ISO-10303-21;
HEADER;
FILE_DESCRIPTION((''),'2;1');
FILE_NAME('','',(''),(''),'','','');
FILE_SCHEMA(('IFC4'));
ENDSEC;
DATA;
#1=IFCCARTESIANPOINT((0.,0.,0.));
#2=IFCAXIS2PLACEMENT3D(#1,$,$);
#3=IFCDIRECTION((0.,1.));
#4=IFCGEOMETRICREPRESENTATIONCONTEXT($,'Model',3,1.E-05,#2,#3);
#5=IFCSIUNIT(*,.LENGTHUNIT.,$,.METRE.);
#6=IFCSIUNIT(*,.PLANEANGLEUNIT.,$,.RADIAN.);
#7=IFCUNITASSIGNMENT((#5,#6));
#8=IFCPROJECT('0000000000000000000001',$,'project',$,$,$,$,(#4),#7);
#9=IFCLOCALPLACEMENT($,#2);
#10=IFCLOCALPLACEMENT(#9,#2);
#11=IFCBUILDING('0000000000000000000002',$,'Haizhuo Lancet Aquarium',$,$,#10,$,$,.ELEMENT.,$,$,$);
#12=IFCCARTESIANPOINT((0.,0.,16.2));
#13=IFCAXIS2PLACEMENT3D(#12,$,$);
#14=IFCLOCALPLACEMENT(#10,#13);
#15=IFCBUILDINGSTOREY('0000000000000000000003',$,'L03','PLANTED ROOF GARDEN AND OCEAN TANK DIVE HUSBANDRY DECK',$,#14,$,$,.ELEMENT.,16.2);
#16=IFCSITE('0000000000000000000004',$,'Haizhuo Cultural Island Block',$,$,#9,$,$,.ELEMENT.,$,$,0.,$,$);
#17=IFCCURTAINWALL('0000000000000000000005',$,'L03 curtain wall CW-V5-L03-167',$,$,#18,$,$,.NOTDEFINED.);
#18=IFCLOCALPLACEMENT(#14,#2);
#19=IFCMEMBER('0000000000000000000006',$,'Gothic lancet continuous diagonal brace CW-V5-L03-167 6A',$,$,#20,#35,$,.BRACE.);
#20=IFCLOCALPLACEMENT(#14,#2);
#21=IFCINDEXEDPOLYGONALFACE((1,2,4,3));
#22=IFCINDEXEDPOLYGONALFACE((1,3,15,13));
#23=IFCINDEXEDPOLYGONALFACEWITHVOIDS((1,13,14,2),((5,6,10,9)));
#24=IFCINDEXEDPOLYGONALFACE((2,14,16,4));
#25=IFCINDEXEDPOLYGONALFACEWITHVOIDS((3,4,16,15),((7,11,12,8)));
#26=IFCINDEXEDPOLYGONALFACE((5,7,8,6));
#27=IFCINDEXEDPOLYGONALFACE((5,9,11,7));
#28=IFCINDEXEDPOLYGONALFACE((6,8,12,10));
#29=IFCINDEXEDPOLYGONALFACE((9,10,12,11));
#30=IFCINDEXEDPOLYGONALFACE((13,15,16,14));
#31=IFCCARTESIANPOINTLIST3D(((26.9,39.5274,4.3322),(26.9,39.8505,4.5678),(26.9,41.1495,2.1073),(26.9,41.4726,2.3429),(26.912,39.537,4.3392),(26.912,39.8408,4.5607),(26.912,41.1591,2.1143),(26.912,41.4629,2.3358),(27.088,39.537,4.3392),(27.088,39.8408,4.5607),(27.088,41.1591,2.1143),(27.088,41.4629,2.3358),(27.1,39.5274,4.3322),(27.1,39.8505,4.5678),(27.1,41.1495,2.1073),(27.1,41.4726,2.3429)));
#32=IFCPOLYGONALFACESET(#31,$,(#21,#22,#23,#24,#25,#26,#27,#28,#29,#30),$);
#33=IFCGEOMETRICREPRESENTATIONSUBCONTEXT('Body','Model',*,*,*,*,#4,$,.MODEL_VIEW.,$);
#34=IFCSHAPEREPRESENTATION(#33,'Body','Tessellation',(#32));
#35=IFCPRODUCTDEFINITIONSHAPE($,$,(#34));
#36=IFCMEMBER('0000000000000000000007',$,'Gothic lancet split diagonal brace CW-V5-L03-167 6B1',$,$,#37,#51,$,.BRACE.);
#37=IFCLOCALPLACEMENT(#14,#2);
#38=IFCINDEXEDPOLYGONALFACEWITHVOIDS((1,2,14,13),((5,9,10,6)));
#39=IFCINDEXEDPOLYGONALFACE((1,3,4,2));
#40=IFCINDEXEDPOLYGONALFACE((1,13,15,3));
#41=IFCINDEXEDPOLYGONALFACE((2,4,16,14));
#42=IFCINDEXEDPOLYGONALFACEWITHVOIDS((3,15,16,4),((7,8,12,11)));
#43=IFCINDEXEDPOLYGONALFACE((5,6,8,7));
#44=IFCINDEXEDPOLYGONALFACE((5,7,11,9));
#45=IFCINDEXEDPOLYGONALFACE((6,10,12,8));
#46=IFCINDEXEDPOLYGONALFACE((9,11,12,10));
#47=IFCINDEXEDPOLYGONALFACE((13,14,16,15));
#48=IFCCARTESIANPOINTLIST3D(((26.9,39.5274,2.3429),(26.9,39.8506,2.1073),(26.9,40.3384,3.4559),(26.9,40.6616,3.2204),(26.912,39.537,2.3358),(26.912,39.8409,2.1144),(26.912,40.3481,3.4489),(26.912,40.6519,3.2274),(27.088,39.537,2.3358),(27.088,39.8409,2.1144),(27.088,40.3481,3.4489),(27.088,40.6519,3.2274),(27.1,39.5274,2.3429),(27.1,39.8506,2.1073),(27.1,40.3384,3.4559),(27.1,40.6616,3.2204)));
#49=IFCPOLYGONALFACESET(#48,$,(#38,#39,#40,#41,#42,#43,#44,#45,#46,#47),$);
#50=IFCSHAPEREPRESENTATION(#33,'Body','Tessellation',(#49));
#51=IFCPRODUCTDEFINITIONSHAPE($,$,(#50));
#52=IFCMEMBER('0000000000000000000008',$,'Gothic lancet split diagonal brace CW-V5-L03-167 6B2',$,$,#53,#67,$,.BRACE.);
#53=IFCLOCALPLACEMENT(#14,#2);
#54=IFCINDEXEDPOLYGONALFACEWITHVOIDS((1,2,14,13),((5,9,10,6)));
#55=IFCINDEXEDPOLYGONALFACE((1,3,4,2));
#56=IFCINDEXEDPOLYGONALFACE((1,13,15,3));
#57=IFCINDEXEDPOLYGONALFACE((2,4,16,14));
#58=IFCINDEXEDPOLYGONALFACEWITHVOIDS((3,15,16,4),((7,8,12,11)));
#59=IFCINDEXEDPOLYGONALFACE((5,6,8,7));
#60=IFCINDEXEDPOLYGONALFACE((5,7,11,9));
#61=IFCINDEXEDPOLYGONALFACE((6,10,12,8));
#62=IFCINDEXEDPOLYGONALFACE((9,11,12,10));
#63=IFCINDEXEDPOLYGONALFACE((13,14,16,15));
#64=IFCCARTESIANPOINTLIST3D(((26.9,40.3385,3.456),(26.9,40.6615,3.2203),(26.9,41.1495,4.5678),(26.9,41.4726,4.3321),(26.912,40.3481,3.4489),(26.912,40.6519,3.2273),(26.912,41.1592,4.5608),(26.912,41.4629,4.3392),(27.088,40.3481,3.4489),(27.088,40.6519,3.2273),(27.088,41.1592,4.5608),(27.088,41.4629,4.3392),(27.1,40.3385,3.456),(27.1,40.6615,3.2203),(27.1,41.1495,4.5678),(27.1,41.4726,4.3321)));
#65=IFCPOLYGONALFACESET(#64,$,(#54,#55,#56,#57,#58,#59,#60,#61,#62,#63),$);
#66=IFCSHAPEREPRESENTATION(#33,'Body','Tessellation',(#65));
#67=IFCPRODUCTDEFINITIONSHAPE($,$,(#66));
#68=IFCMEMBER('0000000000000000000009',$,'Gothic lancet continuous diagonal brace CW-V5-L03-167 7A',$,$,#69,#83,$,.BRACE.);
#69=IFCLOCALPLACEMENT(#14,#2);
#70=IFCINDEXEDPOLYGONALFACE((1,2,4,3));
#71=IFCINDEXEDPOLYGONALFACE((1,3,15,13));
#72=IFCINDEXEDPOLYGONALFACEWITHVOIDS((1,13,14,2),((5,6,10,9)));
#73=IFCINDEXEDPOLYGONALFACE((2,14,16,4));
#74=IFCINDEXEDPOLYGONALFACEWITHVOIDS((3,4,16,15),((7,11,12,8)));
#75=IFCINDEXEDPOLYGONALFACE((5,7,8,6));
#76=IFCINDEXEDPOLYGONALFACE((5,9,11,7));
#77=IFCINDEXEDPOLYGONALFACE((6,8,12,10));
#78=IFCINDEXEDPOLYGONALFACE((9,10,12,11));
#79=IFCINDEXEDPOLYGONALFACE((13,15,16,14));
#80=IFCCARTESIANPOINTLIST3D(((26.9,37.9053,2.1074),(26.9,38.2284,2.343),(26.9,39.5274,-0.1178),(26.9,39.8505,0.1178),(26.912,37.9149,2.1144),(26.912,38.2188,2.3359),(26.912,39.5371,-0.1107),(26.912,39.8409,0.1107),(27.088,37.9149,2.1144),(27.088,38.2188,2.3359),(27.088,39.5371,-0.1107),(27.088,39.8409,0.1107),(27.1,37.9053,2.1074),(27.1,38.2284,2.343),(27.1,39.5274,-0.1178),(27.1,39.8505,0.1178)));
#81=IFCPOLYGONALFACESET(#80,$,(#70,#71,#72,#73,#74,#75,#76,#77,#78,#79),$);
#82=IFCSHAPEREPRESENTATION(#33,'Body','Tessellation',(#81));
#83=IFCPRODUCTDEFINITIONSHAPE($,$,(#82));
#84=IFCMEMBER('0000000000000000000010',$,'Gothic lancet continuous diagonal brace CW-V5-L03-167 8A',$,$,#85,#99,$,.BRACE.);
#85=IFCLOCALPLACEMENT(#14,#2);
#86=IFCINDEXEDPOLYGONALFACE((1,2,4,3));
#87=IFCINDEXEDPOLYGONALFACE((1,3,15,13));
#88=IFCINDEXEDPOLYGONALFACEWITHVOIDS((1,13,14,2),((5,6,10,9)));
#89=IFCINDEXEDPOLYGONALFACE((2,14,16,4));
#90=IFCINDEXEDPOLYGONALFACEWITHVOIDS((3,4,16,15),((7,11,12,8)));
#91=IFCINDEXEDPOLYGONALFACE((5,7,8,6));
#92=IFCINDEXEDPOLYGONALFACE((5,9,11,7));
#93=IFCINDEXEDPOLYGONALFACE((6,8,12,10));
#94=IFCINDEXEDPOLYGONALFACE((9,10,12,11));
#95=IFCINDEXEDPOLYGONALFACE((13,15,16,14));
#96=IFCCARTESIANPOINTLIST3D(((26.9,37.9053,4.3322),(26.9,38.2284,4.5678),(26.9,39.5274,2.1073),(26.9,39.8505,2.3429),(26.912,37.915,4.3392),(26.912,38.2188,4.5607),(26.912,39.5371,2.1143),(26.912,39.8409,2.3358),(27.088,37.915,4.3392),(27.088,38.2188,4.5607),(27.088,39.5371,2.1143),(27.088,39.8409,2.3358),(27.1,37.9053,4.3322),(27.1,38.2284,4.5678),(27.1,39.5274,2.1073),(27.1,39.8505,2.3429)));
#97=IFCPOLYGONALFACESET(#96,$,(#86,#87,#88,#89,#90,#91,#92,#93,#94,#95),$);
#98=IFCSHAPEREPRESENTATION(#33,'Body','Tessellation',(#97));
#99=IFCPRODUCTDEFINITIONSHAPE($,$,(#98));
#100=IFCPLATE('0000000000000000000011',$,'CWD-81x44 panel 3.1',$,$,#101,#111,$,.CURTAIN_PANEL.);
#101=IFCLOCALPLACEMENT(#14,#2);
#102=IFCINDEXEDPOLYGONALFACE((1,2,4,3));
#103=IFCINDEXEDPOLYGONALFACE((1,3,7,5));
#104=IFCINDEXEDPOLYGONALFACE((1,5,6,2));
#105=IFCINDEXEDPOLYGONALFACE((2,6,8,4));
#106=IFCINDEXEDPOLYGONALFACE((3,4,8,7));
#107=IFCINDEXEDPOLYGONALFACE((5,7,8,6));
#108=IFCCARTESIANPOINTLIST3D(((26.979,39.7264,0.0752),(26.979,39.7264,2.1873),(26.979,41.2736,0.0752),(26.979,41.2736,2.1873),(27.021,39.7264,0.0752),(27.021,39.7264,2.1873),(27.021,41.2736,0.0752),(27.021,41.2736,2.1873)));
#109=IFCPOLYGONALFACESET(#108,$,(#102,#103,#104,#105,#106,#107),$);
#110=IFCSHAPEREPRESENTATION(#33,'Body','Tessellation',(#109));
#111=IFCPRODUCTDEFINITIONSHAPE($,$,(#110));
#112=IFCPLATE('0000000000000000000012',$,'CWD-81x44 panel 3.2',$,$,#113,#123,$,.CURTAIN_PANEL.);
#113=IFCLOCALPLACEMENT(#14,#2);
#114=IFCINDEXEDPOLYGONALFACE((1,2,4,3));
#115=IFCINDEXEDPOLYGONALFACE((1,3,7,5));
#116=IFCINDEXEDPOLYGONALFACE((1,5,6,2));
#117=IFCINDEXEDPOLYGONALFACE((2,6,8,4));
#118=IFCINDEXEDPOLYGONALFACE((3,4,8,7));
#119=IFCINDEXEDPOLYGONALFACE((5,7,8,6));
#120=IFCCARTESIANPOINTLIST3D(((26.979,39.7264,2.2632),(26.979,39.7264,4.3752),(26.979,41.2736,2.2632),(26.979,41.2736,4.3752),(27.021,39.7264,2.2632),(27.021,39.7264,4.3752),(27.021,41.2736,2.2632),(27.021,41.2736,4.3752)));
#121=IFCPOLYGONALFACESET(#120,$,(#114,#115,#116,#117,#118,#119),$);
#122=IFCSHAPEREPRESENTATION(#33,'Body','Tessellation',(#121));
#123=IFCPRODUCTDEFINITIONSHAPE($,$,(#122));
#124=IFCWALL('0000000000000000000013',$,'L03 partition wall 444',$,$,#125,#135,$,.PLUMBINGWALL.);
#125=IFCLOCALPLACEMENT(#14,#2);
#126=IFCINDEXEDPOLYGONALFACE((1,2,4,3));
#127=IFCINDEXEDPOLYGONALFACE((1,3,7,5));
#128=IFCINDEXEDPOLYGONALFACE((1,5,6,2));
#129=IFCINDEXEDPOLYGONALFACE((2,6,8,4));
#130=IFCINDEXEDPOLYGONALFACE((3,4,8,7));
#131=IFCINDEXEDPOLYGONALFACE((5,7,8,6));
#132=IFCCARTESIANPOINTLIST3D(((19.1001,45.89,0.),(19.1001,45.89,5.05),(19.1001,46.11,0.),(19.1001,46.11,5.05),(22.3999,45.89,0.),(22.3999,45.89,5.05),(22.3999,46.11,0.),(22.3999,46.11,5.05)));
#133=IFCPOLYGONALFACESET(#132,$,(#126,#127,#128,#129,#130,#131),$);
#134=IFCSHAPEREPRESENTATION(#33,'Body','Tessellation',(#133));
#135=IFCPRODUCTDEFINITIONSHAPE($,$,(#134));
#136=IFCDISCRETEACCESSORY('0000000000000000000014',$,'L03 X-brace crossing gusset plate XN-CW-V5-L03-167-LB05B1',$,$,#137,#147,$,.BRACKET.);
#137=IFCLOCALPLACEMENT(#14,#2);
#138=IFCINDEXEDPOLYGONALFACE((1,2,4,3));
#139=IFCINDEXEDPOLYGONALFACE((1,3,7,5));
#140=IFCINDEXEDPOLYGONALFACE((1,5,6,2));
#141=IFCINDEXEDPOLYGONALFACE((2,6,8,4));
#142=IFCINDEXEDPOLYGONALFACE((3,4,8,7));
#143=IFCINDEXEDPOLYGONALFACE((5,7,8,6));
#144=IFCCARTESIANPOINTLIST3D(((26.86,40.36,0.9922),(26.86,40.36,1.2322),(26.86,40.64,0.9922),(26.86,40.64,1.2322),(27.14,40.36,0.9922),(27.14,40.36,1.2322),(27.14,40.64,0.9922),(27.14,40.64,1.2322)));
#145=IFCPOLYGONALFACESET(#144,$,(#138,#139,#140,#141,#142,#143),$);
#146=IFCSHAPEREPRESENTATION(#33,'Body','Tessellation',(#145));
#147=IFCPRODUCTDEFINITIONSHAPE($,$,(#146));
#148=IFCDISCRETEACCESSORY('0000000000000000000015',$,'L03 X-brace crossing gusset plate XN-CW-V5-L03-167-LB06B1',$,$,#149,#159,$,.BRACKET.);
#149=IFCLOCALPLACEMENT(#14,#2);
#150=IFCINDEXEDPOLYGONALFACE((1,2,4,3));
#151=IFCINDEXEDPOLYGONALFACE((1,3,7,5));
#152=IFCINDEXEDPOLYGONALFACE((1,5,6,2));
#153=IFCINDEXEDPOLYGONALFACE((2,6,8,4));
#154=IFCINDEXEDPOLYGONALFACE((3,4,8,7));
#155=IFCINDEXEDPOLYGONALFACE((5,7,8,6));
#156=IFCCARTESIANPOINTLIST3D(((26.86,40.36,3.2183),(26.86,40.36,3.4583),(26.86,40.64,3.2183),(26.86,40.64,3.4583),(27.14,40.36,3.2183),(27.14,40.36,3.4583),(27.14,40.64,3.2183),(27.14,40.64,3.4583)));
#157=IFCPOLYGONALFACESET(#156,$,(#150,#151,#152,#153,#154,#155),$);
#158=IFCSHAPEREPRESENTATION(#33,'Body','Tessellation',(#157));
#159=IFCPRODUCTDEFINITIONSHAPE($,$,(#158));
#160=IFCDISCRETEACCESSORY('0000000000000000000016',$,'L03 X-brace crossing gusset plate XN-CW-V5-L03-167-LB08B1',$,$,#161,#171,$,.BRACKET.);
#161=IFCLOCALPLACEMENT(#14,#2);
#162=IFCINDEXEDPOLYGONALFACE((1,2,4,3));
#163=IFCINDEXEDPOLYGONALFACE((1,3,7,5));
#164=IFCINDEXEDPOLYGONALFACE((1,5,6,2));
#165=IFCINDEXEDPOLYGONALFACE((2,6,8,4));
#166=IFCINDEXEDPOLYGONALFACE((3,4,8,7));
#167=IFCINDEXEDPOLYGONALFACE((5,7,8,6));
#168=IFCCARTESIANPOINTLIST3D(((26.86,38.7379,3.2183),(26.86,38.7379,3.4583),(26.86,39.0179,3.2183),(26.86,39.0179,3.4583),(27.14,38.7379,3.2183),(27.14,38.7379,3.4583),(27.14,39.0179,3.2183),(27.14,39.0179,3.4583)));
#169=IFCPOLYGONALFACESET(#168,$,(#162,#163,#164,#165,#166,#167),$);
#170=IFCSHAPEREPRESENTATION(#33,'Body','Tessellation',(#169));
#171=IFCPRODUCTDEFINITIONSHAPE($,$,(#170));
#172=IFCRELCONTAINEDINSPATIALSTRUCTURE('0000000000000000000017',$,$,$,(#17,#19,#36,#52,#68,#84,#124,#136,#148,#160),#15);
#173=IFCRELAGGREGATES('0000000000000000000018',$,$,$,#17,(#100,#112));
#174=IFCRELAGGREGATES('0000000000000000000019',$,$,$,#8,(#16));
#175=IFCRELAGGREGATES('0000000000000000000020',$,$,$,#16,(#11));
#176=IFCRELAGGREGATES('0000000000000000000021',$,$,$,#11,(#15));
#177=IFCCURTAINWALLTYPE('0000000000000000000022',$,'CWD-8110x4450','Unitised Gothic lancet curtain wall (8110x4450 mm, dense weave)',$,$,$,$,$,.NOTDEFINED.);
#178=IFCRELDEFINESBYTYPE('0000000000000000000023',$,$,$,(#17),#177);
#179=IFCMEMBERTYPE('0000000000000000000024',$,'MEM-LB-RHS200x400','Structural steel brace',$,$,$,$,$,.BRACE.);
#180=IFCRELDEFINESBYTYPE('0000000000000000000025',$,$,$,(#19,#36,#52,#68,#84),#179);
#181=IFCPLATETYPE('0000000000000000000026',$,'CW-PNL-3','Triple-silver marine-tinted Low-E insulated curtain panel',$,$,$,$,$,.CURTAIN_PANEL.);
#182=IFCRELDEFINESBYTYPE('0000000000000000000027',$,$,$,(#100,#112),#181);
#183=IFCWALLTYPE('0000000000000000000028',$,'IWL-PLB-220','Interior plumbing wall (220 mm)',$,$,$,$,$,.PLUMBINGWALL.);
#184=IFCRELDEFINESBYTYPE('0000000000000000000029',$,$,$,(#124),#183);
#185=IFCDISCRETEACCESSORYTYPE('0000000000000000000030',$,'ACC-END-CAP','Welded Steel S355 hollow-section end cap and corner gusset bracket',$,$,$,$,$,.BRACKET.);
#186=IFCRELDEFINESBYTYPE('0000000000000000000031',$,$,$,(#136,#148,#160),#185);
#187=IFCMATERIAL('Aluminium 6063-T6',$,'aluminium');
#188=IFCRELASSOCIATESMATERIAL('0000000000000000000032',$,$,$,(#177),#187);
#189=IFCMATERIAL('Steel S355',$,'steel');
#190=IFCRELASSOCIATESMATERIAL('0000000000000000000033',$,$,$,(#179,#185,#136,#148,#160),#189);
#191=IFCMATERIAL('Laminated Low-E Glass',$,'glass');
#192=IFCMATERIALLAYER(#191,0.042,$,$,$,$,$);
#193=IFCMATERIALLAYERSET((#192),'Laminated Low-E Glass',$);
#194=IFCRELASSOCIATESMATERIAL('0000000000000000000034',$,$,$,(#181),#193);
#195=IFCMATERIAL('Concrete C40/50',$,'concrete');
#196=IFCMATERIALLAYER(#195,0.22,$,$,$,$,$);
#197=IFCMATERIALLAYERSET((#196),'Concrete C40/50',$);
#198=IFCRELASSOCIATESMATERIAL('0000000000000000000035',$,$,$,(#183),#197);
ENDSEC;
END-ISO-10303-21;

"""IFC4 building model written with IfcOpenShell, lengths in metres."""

from ifc_helpers import new_model, si_unit, direction, frame, frame_2d, origin, origin_2d, place, context, subcontext, project, spatial, rectangle, hollow_rectangle, extrude, material, layer, layer_set, material_profile, profile_set, type_object, element, aggregate, save


model = new_model("IFC4")

# Units and contexts
model_context = context("Model", 3, precision=1e-05, world=origin(), true_north=direction((0.0, 1.0)))
body_context = subcontext(model_context, "Body", "Model", "MODEL_VIEW")
ifc_project = project(units=[si_unit("LENGTHUNIT", "METRE"), si_unit("PLANEANGLEUNIT", "RADIAN")], contexts=[model_context])

# Site, building, storey
site_placement = place(None, origin())
site = spatial("IfcSite", under=ifc_project, at=site_placement, Name="Haizhuo Cultural Island Block", CompositionType="ELEMENT", RefElevation=0.0)
building_placement = place(site_placement, origin())
building = spatial("IfcBuilding", under=site, at=building_placement, Name="Haizhuo Lancet Aquarium", CompositionType="ELEMENT")
storey_placement = place(building_placement, frame((0.0, 0.0, 16.2)))
storey = spatial("IfcBuildingStorey", under=building, at=storey_placement, Name="L03", Description="PLANTED ROOF GARDEN AND OCEAN TANK DIVE HUSBANDRY DECK", CompositionType="ELEMENT", Elevation=16.2)

# Shared definitions
ifc_material_1 = material(Name="Concrete C40/50", Category="concrete")

# Curtain wall
ifc_material_2 = material(Name="Aluminium 6063-T6", Category="aluminium")
curtain_wall_type = type_object("IfcCurtainWallType", Name="CWD-8110x4450", Description="Unitised Gothic lancet curtain wall (8110x4450 mm, dense weave)", PredefinedType="NOTDEFINED", material=ifc_material_2)
curtain_wall_placement = place(storey_placement, origin())
curtain_wall = element("IfcCurtainWall", 1, at=curtain_wall_placement, inside=storey, type_object=curtain_wall_type, Name="L03 curtain wall CW-V5-L03-167", PredefinedType="NOTDEFINED")

# Shared definitions
ifc_material_3 = material(Name="Steel S355", Category="steel")

# Members
ifc_material_profile_1 = material_profile(ifc_material_3, hollow_rectangle(XDim=0.2, YDim=0.3999, WallThickness=0.012, at=origin_2d()), Name="RHS 200x400x12")
ifc_profile_set_1 = profile_set([ifc_material_profile_1], Name="Steel S355")
member_type_1 = type_object("IfcMemberType", Name="MEM-LB-RHS200x400", Description="Structural steel brace", PredefinedType="BRACE", material=ifc_profile_set_1)
member_1_placement = place(storey_placement, frame((27.0, 41.311, 2.2251), z_axis=(0.0, -0.58912, 0.808045), x_axis=(1.0, 0.0, 0.0)))
element("IfcMember", 2, at=member_1_placement, inside=storey, type_object=member_type_1, Name="Gothic lancet continuous diagonal brace CW-V5-L03-167 6A", PredefinedType="BRACE", context=body_context, shape_type="SweptSolid", body=[
    extrude(hollow_rectangle(XDim=0.2, YDim=0.3999, WallThickness=0.012, at=origin_2d()), origin(), (0.0, 0.0, 1.0), 2.7534),
])
member_2_placement = place(storey_placement, frame((27.0, 39.689, 2.2251), z_axis=(0.0, 0.588909, 0.808199), x_axis=(-1.0, 0.0, 0.0)))
element("IfcMember", 3, at=member_2_placement, inside=storey, type_object=member_type_1, Name="Gothic lancet split diagonal brace CW-V5-L03-167 6B1", PredefinedType="BRACE", context=body_context, shape_type="SweptSolid", body=[
    extrude(hollow_rectangle(XDim=0.2, YDim=0.3999, WallThickness=0.012, at=origin_2d()), origin(), (0.0, 0.0, 1.0), 1.3772),
])
member_3_placement = place(storey_placement, frame((27.0, 40.5, 3.3381), z_axis=(0.0, 0.589331, 0.807891), x_axis=(-1.0, 0.0, 0.0)))
element("IfcMember", 4, at=member_3_placement, inside=storey, type_object=member_type_1, Name="Gothic lancet split diagonal brace CW-V5-L03-167 6B2", PredefinedType="BRACE", context=body_context, shape_type="SweptSolid", body=[
    extrude(hollow_rectangle(XDim=0.2, YDim=0.3999, WallThickness=0.012, at=origin_2d()), origin(), (0.0, 0.0, 1.0), 1.3762),
])
member_4_placement = place(storey_placement, frame((27.0, 39.689, 0.0), z_axis=(0.0, -0.589078, 0.808076), x_axis=(1.0, 0.0, 0.0)))
element("IfcMember", 5, at=member_4_placement, inside=storey, type_object=member_type_1, Name="Gothic lancet continuous diagonal brace CW-V5-L03-167 7A", PredefinedType="BRACE", context=body_context, shape_type="SweptSolid", body=[
    extrude(hollow_rectangle(XDim=0.2, YDim=0.3999, WallThickness=0.012, at=origin_2d()), origin(), (0.0, 0.0, 1.0), 2.7537),
])
member_5_placement = place(storey_placement, frame((27.0, 39.689, 2.2251), z_axis=(0.0, -0.58912, 0.808045), x_axis=(1.0, 0.0, 0.0)))
element("IfcMember", 6, at=member_5_placement, inside=storey, type_object=member_type_1, Name="Gothic lancet continuous diagonal brace CW-V5-L03-167 8A", PredefinedType="BRACE", context=body_context, shape_type="SweptSolid", body=[
    extrude(hollow_rectangle(XDim=0.2, YDim=0.3999, WallThickness=0.012, at=origin_2d()), origin(), (0.0, 0.0, 1.0), 2.7534),
])

# Plates
ifc_material_4 = material(Name="Laminated Low-E Glass", Category="glass")
ifc_layer_1 = layer(ifc_material_4, 0.042)
ifc_layer_set_1 = layer_set([ifc_layer_1], Name="Laminated Low-E Glass")
plate_type = type_object("IfcPlateType", Name="CW-PNL-3", Description="Triple-silver marine-tinted Low-E insulated curtain panel", PredefinedType="CURTAIN_PANEL", material=ifc_layer_set_1)
plate_1_placement = place(storey_placement, frame((27.0, 40.5, 0.0752), z_axis=(0.0, 0.0, 1.0), x_axis=(0.0, -1.0, 0.0)))
plate_1 = element("IfcPlate", 7, at=plate_1_placement, type_object=plate_type, Name="CWD-81x44 panel 3.1", PredefinedType="CURTAIN_PANEL", context=body_context, shape_type="SweptSolid", body=[
    extrude(rectangle(XDim=1.5471, YDim=0.042, at=origin_2d()), origin(), (0.0, 0.0, 1.0), 2.1121),
])
plate_2_placement = place(storey_placement, frame((27.0, 40.5, 2.2632), z_axis=(0.0, 0.0, 1.0), x_axis=(0.0, -1.0, 0.0)))
plate_2 = element("IfcPlate", 8, at=plate_2_placement, type_object=plate_type, Name="CWD-81x44 panel 3.2", PredefinedType="CURTAIN_PANEL", context=body_context, shape_type="SweptSolid", body=[
    extrude(rectangle(XDim=1.5471, YDim=0.042, at=origin_2d()), origin(), (0.0, 0.0, 1.0), 2.1121),
])
aggregate(curtain_wall, [plate_1, plate_2])

# Wall
ifc_layer_2 = layer(ifc_material_1, 0.22)
ifc_layer_set_2 = layer_set([ifc_layer_2], Name="Concrete C40/50")
wall_type = type_object("IfcWallType", Name="IWL-PLB-220", Description="Interior plumbing wall (220 mm)", PredefinedType="PLUMBINGWALL", material=ifc_layer_set_2)
wall_placement = place(storey_placement, frame((19.1001, 46.0, 0.0), z_axis=(0.0, 0.0, 1.0), x_axis=(1.0, 0.0, 0.0)))
element("IfcWall", 9, at=wall_placement, inside=storey, type_object=wall_type, Name="L03 partition wall 444", PredefinedType="PLUMBINGWALL", context=body_context, shape_type="SweptSolid", body=[
    extrude(rectangle(XDim=3.2998, YDim=0.22, at=frame_2d((1.6499, 0.0))), origin(), (0.0, 0.0, 1.0), 5.05),
])

# Discrete accessories
discrete_accessory_type = type_object("IfcDiscreteAccessoryType", Name="ACC-END-CAP", Description="Welded Steel S355 hollow-section end cap and corner gusset bracket", PredefinedType="BRACKET", material=ifc_material_3)
for number, where, z_axis, x_axis, name in (
    (10, (27.0, 40.5, 0.9922), (0.0, 0.0, 1.0), (1.0, 0.0, 0.0), "L03 X-brace crossing gusset plate XN-CW-V5-L03-167-LB05B1"),
    (11, (27.0, 40.5, 3.2183), (0.0, 0.0, 1.0), (1.0, 0.0, 0.0), "L03 X-brace crossing gusset plate XN-CW-V5-L03-167-LB06B1"),
    (12, (27.0, 38.8779, 3.2183), (0.0, 0.0, 1.0), (1.0, 0.0, 0.0), "L03 X-brace crossing gusset plate XN-CW-V5-L03-167-LB08B1"),
):
    element("IfcDiscreteAccessory", number, at=place(storey_placement, frame(where, z_axis=z_axis, x_axis=x_axis)), inside=storey, type_object=discrete_accessory_type, material=ifc_material_3, Name=name, PredefinedType="BRACKET", context=body_context, shape_type="SweptSolid", body=[
        extrude(rectangle(XDim=0.28, YDim=0.28, at=origin_2d()), origin(), (0.0, 0.0, 1.0), 0.24),
    ])

save(model, "model.ifc")
